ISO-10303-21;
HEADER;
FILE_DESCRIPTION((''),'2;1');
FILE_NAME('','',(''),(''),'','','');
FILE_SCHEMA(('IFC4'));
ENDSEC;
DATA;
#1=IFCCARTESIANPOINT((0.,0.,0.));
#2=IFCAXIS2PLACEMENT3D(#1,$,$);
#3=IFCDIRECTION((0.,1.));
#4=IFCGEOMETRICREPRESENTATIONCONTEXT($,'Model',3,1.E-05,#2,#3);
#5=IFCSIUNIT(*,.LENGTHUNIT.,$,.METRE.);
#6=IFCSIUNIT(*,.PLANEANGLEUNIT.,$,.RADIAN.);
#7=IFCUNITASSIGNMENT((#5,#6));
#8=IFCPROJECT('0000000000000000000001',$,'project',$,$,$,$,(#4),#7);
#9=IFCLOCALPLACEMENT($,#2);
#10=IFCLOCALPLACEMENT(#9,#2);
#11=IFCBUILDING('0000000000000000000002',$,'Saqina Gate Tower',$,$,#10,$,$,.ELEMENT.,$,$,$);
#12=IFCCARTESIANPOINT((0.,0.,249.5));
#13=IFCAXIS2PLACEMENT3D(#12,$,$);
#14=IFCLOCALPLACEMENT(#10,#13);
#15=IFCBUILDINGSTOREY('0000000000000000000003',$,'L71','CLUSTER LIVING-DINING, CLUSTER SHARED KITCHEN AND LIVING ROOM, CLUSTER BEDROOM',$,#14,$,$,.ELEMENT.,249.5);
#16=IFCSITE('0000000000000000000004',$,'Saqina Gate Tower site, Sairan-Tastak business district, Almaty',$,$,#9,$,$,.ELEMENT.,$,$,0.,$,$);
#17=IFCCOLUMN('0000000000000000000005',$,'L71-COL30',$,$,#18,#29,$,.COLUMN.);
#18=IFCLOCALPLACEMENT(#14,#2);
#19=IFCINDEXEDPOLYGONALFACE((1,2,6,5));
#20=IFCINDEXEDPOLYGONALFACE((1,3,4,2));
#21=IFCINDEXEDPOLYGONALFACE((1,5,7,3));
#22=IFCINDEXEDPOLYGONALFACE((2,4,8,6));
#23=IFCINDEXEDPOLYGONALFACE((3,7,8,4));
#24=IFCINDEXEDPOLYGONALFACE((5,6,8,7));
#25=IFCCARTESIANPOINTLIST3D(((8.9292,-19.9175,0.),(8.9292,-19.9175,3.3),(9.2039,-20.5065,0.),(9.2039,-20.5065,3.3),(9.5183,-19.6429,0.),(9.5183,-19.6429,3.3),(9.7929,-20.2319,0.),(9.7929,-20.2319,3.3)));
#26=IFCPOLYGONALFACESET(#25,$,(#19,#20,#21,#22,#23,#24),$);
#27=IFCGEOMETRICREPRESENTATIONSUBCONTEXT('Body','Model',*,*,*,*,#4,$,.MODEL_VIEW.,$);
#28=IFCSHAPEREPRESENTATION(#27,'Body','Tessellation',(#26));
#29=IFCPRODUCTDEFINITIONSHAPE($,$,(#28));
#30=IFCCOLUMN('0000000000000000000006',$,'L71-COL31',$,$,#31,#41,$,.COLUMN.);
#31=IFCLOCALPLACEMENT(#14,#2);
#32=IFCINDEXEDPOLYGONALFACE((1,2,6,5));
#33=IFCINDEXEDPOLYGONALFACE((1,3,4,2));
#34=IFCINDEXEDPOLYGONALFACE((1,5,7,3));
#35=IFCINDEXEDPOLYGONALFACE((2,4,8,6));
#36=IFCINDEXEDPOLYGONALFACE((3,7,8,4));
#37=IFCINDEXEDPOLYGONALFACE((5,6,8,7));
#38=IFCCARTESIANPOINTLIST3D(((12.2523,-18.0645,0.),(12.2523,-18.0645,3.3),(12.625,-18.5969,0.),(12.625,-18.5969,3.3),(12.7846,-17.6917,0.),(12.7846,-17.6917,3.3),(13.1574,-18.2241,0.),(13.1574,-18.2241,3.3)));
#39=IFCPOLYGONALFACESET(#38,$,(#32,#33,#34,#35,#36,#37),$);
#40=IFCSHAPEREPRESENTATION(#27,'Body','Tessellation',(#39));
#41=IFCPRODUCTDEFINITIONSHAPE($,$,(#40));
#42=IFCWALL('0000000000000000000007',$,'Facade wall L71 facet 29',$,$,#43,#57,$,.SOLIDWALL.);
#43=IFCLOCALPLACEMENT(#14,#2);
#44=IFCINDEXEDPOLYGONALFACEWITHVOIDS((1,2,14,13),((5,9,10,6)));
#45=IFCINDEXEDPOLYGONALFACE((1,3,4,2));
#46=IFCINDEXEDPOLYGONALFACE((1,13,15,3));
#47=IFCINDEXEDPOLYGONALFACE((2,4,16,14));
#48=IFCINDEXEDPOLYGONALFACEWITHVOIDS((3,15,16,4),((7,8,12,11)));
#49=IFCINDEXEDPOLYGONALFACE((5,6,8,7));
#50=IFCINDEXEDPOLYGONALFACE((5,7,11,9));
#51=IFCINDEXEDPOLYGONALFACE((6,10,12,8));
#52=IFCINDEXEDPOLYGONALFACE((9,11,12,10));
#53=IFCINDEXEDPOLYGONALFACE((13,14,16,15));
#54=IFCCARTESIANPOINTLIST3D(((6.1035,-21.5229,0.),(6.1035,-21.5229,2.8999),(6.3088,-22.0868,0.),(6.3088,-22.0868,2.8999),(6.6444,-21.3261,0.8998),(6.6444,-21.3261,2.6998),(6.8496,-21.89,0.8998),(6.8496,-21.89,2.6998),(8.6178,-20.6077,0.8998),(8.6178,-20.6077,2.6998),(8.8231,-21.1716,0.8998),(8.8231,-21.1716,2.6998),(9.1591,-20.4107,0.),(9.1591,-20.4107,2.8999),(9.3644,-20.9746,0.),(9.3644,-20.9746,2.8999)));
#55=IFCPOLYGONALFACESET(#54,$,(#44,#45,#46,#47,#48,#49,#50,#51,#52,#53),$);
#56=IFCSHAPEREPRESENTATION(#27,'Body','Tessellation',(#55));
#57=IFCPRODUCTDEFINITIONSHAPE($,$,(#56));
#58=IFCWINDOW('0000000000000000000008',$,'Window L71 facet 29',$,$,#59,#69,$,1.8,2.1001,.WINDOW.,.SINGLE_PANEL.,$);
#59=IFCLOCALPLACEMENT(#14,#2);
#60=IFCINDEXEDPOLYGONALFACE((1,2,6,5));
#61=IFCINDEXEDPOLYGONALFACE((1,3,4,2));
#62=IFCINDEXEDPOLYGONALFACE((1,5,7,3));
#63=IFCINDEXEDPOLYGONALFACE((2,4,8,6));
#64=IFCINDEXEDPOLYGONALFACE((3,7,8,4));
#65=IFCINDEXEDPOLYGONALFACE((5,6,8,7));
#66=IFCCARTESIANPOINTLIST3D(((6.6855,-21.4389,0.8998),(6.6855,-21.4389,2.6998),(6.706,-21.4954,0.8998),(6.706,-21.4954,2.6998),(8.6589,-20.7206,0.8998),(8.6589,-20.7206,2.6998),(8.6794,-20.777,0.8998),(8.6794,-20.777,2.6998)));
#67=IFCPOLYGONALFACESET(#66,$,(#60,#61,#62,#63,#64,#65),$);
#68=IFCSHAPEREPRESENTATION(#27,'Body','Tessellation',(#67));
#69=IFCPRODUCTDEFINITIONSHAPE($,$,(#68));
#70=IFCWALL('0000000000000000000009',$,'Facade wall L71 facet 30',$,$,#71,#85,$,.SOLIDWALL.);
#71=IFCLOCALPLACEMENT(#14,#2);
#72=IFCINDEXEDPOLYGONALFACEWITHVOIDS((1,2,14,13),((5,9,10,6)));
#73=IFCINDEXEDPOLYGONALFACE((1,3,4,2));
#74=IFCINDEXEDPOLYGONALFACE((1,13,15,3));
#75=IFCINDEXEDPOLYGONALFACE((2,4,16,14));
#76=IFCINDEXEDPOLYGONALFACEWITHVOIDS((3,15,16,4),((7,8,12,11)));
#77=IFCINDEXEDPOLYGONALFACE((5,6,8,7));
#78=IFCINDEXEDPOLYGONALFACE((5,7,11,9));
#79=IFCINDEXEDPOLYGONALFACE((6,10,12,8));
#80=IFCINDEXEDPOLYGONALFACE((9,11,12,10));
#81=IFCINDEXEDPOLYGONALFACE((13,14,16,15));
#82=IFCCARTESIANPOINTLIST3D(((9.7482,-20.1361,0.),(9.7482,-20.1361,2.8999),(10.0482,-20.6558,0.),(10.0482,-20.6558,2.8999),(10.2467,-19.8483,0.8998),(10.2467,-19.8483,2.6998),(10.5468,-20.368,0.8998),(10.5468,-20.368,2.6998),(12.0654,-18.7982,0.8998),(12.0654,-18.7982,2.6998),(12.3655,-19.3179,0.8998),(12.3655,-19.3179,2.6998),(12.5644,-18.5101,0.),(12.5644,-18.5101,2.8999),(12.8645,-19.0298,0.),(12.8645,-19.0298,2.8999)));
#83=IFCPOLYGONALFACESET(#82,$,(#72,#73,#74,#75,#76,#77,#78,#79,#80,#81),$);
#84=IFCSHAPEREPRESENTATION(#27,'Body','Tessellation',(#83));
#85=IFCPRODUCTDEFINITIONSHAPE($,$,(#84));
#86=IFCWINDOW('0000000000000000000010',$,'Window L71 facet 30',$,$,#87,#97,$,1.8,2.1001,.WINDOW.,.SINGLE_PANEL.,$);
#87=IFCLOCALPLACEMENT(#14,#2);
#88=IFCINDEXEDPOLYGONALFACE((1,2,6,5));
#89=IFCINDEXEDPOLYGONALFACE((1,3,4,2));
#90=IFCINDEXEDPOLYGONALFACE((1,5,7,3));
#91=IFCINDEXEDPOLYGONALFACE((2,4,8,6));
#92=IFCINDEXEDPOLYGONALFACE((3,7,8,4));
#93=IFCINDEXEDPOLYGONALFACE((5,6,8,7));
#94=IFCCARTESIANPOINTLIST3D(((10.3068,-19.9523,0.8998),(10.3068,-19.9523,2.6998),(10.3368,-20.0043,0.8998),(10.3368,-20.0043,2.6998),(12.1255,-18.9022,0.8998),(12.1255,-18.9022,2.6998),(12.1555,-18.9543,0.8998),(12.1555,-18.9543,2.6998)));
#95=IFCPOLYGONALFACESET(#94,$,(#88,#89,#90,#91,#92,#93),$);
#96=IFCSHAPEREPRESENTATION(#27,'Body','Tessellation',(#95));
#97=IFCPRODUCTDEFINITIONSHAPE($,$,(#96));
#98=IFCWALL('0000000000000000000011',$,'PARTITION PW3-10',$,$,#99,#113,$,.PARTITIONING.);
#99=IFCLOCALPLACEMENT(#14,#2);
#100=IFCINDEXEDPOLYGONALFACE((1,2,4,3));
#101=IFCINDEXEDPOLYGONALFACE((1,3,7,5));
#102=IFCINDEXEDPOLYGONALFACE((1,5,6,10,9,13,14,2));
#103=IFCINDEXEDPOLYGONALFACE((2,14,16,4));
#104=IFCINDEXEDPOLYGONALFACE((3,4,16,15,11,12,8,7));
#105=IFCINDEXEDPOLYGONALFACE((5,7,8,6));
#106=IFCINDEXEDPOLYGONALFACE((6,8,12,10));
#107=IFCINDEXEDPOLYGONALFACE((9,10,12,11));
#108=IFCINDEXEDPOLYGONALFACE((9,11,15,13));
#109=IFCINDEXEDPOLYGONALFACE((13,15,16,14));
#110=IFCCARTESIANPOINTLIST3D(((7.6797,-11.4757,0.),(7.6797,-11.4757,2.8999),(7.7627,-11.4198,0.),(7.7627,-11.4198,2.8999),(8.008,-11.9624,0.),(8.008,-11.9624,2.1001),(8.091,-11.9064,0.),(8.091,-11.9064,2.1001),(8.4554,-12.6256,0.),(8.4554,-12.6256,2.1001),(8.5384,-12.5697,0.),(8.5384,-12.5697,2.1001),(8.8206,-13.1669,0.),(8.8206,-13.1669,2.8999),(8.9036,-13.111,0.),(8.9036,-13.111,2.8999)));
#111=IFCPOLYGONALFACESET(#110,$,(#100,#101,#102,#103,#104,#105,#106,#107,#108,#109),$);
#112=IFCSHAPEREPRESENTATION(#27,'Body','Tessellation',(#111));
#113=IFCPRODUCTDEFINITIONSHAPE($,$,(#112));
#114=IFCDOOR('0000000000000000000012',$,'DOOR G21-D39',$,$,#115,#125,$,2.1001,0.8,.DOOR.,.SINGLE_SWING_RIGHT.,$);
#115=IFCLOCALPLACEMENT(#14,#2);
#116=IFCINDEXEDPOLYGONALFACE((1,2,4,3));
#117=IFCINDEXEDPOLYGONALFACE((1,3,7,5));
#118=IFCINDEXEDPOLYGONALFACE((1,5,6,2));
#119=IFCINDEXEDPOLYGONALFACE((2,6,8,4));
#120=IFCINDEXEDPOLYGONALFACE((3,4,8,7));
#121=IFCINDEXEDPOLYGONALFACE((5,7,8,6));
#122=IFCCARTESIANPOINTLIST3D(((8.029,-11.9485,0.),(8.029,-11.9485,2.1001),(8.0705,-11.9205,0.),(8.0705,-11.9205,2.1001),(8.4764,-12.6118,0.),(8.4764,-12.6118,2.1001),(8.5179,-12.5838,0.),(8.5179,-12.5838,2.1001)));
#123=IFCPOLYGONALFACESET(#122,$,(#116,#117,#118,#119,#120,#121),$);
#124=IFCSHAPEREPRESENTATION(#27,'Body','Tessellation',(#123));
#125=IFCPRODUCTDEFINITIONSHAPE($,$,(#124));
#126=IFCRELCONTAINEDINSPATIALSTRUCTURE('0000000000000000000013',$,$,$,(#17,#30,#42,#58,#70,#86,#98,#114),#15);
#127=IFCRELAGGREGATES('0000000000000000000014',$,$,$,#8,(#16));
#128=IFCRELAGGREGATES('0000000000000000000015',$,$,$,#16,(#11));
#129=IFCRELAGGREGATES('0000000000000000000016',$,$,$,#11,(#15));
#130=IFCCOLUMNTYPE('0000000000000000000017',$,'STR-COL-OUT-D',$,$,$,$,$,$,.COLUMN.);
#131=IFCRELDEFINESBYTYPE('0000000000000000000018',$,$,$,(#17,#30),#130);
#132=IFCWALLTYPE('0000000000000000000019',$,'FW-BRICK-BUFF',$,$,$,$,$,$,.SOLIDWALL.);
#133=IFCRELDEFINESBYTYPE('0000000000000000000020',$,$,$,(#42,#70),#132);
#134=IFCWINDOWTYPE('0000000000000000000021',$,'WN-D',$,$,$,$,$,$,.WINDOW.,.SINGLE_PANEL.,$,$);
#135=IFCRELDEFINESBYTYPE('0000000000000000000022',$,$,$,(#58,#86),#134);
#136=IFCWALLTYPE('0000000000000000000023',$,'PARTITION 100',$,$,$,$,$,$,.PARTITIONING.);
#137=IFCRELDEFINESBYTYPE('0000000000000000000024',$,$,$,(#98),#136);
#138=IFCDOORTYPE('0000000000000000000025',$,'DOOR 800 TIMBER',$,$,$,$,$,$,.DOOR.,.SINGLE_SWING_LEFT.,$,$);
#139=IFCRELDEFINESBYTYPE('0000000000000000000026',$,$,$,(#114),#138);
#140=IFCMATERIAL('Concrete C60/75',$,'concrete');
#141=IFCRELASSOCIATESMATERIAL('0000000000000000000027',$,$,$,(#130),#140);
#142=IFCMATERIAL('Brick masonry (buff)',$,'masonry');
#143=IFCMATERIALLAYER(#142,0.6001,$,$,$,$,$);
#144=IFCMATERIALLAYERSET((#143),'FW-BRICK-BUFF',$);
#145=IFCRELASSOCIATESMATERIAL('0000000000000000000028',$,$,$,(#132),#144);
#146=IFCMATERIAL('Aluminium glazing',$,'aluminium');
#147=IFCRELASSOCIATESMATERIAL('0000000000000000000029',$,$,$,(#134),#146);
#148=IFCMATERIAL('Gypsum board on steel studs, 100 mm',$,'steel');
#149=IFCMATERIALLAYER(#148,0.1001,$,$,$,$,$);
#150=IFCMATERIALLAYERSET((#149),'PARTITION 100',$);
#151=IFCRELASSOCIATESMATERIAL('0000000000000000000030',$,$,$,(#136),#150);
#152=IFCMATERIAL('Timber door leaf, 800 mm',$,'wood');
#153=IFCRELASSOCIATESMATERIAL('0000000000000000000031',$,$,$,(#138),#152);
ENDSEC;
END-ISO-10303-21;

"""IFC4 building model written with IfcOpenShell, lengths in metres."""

from ifc_helpers import new_model, si_unit, direction, frame, frame_2d, origin, origin_2d, place, context, subcontext, project, spatial, rectangle, extrude, material, layer, layer_set, material_profile, profile_set, type_object, element, fill, save


model = new_model("IFC4")

# Units and contexts
model_context = context("Model", 3, precision=1e-05, world=origin(), true_north=direction((0.0, 1.0)))
body_context = subcontext(model_context, "Body", "Model", "MODEL_VIEW")
ifc_project = project(units=[si_unit("LENGTHUNIT", "METRE"), si_unit("PLANEANGLEUNIT", "RADIAN")], contexts=[model_context])

# Site, building, storey
site_placement = place(None, origin())
site = spatial("IfcSite", under=ifc_project, at=site_placement, Name="Saqina Gate Tower site, Sairan-Tastak business district, Almaty", CompositionType="ELEMENT", RefElevation=0.0)
building_placement = place(site_placement, origin())
building = spatial("IfcBuilding", under=site, at=building_placement, Name="Saqina Gate Tower", CompositionType="ELEMENT")
storey_placement = place(building_placement, frame((0.0, 0.0, 249.5)))
storey = spatial("IfcBuildingStorey", under=building, at=storey_placement, Name="L71", Description="CLUSTER LIVING-DINING, CLUSTER SHARED KITCHEN AND LIVING ROOM, CLUSTER BEDROOM", CompositionType="ELEMENT", Elevation=249.5)

# Columns
ifc_material_1 = material(Name="Concrete C60/75", Category="concrete")
ifc_material_profile = material_profile(ifc_material_1, rectangle(XDim=0.6499, YDim=0.6499, at=origin_2d()), Name="RC 650x650")
ifc_profile_set = profile_set([ifc_material_profile], Name="Concrete C60/75")
column_type = type_object("IfcColumnType", Name="STR-COL-OUT-D", PredefinedType="COLUMN", material=ifc_profile_set)
for number, where, z_axis, x_axis, name in (
    (1, (9.3611, -20.0747, 0.0), (0.0, 0.0, 1.0), (0.422618, -0.906308, 0.0), "L71-COL30"),
    (2, (12.7048, -18.1443, 0.0), (0.0, 0.0, 1.0), (0.573576, -0.819152, 0.0), "L71-COL31"),
):
    element("IfcColumn", number, at=place(storey_placement, frame(where, z_axis=z_axis, x_axis=x_axis)), inside=storey, type_object=column_type, Name=name, PredefinedType="COLUMN", context=body_context, shape_type="SweptSolid", body=[
        extrude(rectangle(XDim=0.6499, YDim=0.6499, at=origin_2d()), origin(), (0.0, 0.0, 1.0), 3.3),
    ])

# Walls, openings, windows
ifc_material_2 = material(Name="Brick masonry (buff)", Category="masonry")
ifc_layer_1 = layer(ifc_material_2, 0.6001)
ifc_layer_set_1 = layer_set([ifc_layer_1], Name="FW-BRICK-BUFF")
wall_type_1 = type_object("IfcWallType", Name="FW-BRICK-BUFF", PredefinedType="SOLIDWALL", material=ifc_layer_set_1)
wall_1_placement = place(storey_placement, frame((6.2061, -21.8049, 0.0), z_axis=(0.0, 0.0, 1.0), x_axis=(0.939679, 0.342057, 0.0)))
wall_1 = element("IfcWall", 3, at=wall_1_placement, inside=storey, type_object=wall_type_1, Name="Facade wall L71 facet 29", PredefinedType="SOLIDWALL", context=body_context, shape_type="SweptSolid", body=[
    extrude(rectangle(XDim=3.2517, YDim=0.6001, at=frame_2d((1.626, 0.0))), origin(), (0.0, 0.0, 1.0), 2.8999),
])
opening_1_placement = place(wall_1_placement, frame((0.5757, 0.0, 0.8999)))
opening_1 = element("IfcOpeningElement", 4, at=opening_1_placement, cuts=wall_1, PredefinedType="OPENING", context=body_context, shape_type="SweptSolid", body=[
    extrude(rectangle(XDim=2.1001, YDim=1.8, at=frame_2d((1.05, 0.8999))), frame((0.0, 0.312, 0.0), z_axis=(0.0, -1.0, 0.0), x_axis=(1.0, 0.0, 0.0)), (0.0, 0.0, 1.0), 0.624),
])
ifc_material_3 = material(Name="Aluminium glazing", Category="aluminium")
window_type = type_object("IfcWindowType", Name="WN-D", PartitioningType="SINGLE_PANEL", PredefinedType="WINDOW", material=ifc_material_3)
window_1_placement = place(opening_1_placement, origin())
window_1 = element("IfcWindow", 5, at=window_1_placement, inside=storey, type_object=window_type, Name="Window L71 facet 29", OverallHeight=1.8, OverallWidth=2.1001, PartitioningType="SINGLE_PANEL", PredefinedType="WINDOW", context=body_context, shape_type="SweptSolid", body=[
    extrude(rectangle(XDim=2.1001, YDim=1.8, at=frame_2d((1.05, 0.8999))), frame((0.0, 0.1799, 0.0), z_axis=(0.0, -1.0, 0.0), x_axis=(1.0, 0.0, 0.0)), (0.0, 0.0, 1.0), 0.0601),
])
fill(opening_1, window_1)
wall_2_placement = place(storey_placement, frame((9.8982, -20.396, 0.0), z_axis=(0.0, 0.0, 1.0), x_axis=(0.866017, 0.500015, 0.0)))
wall_2 = element("IfcWall", 6, at=wall_2_placement, inside=storey, type_object=wall_type_1, Name="Facade wall L71 facet 30", PredefinedType="SOLIDWALL", context=body_context, shape_type="SweptSolid", body=[
    extrude(rectangle(XDim=3.252, YDim=0.6001, at=frame_2d((1.626, 0.0))), origin(), (0.0, 0.0, 1.0), 2.8999),
])
opening_2_placement = place(wall_2_placement, frame((0.5757, 0.0, 0.8999)))
opening_2 = element("IfcOpeningElement", 7, at=opening_2_placement, cuts=wall_2, PredefinedType="OPENING", context=body_context, shape_type="SweptSolid", body=[
    extrude(rectangle(XDim=2.1001, YDim=1.8, at=frame_2d((1.05, 0.8999))), frame((0.0, 0.312, 0.0), z_axis=(0.0, -1.0, 0.0), x_axis=(1.0, 0.0, 0.0)), (0.0, 0.0, 1.0), 0.624),
])
window_2_placement = place(opening_2_placement, origin())
window_2 = element("IfcWindow", 8, at=window_2_placement, inside=storey, type_object=window_type, Name="Window L71 facet 30", OverallHeight=1.8, OverallWidth=2.1001, PartitioningType="SINGLE_PANEL", PredefinedType="WINDOW", context=body_context, shape_type="SweptSolid", body=[
    extrude(rectangle(XDim=2.1001, YDim=1.8, at=frame_2d((1.05, 0.8999))), frame((0.0, 0.1799, 0.0), z_axis=(0.0, -1.0, 0.0), x_axis=(1.0, 0.0, 0.0)), (0.0, 0.0, 1.0), 0.0601),
])
fill(opening_2, window_2)

# Wall, opening, door
ifc_material_4 = material(Name="Gypsum board on steel studs, 100 mm", Category="steel")
ifc_layer_2 = layer(ifc_material_4, 0.1001)
ifc_layer_set_2 = layer_set([ifc_layer_2], Name="PARTITION 100")
wall_type_2 = type_object("IfcWallType", Name="PARTITION 100", PredefinedType="PARTITIONING", material=ifc_layer_set_2)
wall_3_placement = place(storey_placement, frame((7.7212, -11.4478, 0.0), z_axis=(0.0, 0.0, 1.0), x_axis=(0.559249, -0.829, 0.0)))
wall_3 = element("IfcWall", 9, at=wall_3_placement, inside=storey, type_object=wall_type_2, Name="PARTITION PW3-10", PredefinedType="PARTITIONING", context=body_context, shape_type="SweptSolid", body=[
    extrude(rectangle(XDim=2.04, YDim=0.1001, at=frame_2d((1.02, 0.0))), origin(), (0.0, 0.0, 1.0), 2.8999),
])
opening_3_placement = place(wall_3_placement, frame((0.5872, 0.0, 0.0)))
opening_3 = element("IfcOpeningElement", 10, at=opening_3_placement, cuts=wall_3, PredefinedType="OPENING", context=body_context, shape_type="SweptSolid", body=[
    extrude(rectangle(XDim=0.8, YDim=2.1001, at=frame_2d((0.3999, 1.05))), frame((0.0, 0.062, 0.0), z_axis=(0.0, -1.0, 0.0), x_axis=(1.0, 0.0, 0.0)), (0.0, 0.0, 1.0), 0.124),
])
ifc_material_5 = material(Name="Timber door leaf, 800 mm", Category="wood")
door_type_1 = type_object("IfcDoorType", Name="DOOR 800 TIMBER", OperationType="SINGLE_SWING_LEFT", PredefinedType="DOOR", material=ifc_material_5)
door_1_placement = place(opening_3_placement, frame((0.8, 0.0, 0.0), z_axis=(0.0, 0.0, 1.0), x_axis=(-1.0, 0.0, 0.0)))
door_1 = element("IfcDoor", 11, at=door_1_placement, inside=storey, type_object=door_type_1, Name="DOOR G21-D39", OperationType="SINGLE_SWING_RIGHT", OverallHeight=2.1001, OverallWidth=0.8, PredefinedType="DOOR", context=body_context, shape_type="SweptSolid", body=[
    extrude(rectangle(XDim=0.8, YDim=2.1001, at=frame_2d((0.3999, 1.05))), frame((0.0, 0.0249, 0.0), z_axis=(0.0, -1.0, 0.0), x_axis=(1.0, 0.0, 0.0)), (0.0, 0.0, 1.0), 0.05),
])
fill(opening_3, door_1)

save(model, "model.ifc")
